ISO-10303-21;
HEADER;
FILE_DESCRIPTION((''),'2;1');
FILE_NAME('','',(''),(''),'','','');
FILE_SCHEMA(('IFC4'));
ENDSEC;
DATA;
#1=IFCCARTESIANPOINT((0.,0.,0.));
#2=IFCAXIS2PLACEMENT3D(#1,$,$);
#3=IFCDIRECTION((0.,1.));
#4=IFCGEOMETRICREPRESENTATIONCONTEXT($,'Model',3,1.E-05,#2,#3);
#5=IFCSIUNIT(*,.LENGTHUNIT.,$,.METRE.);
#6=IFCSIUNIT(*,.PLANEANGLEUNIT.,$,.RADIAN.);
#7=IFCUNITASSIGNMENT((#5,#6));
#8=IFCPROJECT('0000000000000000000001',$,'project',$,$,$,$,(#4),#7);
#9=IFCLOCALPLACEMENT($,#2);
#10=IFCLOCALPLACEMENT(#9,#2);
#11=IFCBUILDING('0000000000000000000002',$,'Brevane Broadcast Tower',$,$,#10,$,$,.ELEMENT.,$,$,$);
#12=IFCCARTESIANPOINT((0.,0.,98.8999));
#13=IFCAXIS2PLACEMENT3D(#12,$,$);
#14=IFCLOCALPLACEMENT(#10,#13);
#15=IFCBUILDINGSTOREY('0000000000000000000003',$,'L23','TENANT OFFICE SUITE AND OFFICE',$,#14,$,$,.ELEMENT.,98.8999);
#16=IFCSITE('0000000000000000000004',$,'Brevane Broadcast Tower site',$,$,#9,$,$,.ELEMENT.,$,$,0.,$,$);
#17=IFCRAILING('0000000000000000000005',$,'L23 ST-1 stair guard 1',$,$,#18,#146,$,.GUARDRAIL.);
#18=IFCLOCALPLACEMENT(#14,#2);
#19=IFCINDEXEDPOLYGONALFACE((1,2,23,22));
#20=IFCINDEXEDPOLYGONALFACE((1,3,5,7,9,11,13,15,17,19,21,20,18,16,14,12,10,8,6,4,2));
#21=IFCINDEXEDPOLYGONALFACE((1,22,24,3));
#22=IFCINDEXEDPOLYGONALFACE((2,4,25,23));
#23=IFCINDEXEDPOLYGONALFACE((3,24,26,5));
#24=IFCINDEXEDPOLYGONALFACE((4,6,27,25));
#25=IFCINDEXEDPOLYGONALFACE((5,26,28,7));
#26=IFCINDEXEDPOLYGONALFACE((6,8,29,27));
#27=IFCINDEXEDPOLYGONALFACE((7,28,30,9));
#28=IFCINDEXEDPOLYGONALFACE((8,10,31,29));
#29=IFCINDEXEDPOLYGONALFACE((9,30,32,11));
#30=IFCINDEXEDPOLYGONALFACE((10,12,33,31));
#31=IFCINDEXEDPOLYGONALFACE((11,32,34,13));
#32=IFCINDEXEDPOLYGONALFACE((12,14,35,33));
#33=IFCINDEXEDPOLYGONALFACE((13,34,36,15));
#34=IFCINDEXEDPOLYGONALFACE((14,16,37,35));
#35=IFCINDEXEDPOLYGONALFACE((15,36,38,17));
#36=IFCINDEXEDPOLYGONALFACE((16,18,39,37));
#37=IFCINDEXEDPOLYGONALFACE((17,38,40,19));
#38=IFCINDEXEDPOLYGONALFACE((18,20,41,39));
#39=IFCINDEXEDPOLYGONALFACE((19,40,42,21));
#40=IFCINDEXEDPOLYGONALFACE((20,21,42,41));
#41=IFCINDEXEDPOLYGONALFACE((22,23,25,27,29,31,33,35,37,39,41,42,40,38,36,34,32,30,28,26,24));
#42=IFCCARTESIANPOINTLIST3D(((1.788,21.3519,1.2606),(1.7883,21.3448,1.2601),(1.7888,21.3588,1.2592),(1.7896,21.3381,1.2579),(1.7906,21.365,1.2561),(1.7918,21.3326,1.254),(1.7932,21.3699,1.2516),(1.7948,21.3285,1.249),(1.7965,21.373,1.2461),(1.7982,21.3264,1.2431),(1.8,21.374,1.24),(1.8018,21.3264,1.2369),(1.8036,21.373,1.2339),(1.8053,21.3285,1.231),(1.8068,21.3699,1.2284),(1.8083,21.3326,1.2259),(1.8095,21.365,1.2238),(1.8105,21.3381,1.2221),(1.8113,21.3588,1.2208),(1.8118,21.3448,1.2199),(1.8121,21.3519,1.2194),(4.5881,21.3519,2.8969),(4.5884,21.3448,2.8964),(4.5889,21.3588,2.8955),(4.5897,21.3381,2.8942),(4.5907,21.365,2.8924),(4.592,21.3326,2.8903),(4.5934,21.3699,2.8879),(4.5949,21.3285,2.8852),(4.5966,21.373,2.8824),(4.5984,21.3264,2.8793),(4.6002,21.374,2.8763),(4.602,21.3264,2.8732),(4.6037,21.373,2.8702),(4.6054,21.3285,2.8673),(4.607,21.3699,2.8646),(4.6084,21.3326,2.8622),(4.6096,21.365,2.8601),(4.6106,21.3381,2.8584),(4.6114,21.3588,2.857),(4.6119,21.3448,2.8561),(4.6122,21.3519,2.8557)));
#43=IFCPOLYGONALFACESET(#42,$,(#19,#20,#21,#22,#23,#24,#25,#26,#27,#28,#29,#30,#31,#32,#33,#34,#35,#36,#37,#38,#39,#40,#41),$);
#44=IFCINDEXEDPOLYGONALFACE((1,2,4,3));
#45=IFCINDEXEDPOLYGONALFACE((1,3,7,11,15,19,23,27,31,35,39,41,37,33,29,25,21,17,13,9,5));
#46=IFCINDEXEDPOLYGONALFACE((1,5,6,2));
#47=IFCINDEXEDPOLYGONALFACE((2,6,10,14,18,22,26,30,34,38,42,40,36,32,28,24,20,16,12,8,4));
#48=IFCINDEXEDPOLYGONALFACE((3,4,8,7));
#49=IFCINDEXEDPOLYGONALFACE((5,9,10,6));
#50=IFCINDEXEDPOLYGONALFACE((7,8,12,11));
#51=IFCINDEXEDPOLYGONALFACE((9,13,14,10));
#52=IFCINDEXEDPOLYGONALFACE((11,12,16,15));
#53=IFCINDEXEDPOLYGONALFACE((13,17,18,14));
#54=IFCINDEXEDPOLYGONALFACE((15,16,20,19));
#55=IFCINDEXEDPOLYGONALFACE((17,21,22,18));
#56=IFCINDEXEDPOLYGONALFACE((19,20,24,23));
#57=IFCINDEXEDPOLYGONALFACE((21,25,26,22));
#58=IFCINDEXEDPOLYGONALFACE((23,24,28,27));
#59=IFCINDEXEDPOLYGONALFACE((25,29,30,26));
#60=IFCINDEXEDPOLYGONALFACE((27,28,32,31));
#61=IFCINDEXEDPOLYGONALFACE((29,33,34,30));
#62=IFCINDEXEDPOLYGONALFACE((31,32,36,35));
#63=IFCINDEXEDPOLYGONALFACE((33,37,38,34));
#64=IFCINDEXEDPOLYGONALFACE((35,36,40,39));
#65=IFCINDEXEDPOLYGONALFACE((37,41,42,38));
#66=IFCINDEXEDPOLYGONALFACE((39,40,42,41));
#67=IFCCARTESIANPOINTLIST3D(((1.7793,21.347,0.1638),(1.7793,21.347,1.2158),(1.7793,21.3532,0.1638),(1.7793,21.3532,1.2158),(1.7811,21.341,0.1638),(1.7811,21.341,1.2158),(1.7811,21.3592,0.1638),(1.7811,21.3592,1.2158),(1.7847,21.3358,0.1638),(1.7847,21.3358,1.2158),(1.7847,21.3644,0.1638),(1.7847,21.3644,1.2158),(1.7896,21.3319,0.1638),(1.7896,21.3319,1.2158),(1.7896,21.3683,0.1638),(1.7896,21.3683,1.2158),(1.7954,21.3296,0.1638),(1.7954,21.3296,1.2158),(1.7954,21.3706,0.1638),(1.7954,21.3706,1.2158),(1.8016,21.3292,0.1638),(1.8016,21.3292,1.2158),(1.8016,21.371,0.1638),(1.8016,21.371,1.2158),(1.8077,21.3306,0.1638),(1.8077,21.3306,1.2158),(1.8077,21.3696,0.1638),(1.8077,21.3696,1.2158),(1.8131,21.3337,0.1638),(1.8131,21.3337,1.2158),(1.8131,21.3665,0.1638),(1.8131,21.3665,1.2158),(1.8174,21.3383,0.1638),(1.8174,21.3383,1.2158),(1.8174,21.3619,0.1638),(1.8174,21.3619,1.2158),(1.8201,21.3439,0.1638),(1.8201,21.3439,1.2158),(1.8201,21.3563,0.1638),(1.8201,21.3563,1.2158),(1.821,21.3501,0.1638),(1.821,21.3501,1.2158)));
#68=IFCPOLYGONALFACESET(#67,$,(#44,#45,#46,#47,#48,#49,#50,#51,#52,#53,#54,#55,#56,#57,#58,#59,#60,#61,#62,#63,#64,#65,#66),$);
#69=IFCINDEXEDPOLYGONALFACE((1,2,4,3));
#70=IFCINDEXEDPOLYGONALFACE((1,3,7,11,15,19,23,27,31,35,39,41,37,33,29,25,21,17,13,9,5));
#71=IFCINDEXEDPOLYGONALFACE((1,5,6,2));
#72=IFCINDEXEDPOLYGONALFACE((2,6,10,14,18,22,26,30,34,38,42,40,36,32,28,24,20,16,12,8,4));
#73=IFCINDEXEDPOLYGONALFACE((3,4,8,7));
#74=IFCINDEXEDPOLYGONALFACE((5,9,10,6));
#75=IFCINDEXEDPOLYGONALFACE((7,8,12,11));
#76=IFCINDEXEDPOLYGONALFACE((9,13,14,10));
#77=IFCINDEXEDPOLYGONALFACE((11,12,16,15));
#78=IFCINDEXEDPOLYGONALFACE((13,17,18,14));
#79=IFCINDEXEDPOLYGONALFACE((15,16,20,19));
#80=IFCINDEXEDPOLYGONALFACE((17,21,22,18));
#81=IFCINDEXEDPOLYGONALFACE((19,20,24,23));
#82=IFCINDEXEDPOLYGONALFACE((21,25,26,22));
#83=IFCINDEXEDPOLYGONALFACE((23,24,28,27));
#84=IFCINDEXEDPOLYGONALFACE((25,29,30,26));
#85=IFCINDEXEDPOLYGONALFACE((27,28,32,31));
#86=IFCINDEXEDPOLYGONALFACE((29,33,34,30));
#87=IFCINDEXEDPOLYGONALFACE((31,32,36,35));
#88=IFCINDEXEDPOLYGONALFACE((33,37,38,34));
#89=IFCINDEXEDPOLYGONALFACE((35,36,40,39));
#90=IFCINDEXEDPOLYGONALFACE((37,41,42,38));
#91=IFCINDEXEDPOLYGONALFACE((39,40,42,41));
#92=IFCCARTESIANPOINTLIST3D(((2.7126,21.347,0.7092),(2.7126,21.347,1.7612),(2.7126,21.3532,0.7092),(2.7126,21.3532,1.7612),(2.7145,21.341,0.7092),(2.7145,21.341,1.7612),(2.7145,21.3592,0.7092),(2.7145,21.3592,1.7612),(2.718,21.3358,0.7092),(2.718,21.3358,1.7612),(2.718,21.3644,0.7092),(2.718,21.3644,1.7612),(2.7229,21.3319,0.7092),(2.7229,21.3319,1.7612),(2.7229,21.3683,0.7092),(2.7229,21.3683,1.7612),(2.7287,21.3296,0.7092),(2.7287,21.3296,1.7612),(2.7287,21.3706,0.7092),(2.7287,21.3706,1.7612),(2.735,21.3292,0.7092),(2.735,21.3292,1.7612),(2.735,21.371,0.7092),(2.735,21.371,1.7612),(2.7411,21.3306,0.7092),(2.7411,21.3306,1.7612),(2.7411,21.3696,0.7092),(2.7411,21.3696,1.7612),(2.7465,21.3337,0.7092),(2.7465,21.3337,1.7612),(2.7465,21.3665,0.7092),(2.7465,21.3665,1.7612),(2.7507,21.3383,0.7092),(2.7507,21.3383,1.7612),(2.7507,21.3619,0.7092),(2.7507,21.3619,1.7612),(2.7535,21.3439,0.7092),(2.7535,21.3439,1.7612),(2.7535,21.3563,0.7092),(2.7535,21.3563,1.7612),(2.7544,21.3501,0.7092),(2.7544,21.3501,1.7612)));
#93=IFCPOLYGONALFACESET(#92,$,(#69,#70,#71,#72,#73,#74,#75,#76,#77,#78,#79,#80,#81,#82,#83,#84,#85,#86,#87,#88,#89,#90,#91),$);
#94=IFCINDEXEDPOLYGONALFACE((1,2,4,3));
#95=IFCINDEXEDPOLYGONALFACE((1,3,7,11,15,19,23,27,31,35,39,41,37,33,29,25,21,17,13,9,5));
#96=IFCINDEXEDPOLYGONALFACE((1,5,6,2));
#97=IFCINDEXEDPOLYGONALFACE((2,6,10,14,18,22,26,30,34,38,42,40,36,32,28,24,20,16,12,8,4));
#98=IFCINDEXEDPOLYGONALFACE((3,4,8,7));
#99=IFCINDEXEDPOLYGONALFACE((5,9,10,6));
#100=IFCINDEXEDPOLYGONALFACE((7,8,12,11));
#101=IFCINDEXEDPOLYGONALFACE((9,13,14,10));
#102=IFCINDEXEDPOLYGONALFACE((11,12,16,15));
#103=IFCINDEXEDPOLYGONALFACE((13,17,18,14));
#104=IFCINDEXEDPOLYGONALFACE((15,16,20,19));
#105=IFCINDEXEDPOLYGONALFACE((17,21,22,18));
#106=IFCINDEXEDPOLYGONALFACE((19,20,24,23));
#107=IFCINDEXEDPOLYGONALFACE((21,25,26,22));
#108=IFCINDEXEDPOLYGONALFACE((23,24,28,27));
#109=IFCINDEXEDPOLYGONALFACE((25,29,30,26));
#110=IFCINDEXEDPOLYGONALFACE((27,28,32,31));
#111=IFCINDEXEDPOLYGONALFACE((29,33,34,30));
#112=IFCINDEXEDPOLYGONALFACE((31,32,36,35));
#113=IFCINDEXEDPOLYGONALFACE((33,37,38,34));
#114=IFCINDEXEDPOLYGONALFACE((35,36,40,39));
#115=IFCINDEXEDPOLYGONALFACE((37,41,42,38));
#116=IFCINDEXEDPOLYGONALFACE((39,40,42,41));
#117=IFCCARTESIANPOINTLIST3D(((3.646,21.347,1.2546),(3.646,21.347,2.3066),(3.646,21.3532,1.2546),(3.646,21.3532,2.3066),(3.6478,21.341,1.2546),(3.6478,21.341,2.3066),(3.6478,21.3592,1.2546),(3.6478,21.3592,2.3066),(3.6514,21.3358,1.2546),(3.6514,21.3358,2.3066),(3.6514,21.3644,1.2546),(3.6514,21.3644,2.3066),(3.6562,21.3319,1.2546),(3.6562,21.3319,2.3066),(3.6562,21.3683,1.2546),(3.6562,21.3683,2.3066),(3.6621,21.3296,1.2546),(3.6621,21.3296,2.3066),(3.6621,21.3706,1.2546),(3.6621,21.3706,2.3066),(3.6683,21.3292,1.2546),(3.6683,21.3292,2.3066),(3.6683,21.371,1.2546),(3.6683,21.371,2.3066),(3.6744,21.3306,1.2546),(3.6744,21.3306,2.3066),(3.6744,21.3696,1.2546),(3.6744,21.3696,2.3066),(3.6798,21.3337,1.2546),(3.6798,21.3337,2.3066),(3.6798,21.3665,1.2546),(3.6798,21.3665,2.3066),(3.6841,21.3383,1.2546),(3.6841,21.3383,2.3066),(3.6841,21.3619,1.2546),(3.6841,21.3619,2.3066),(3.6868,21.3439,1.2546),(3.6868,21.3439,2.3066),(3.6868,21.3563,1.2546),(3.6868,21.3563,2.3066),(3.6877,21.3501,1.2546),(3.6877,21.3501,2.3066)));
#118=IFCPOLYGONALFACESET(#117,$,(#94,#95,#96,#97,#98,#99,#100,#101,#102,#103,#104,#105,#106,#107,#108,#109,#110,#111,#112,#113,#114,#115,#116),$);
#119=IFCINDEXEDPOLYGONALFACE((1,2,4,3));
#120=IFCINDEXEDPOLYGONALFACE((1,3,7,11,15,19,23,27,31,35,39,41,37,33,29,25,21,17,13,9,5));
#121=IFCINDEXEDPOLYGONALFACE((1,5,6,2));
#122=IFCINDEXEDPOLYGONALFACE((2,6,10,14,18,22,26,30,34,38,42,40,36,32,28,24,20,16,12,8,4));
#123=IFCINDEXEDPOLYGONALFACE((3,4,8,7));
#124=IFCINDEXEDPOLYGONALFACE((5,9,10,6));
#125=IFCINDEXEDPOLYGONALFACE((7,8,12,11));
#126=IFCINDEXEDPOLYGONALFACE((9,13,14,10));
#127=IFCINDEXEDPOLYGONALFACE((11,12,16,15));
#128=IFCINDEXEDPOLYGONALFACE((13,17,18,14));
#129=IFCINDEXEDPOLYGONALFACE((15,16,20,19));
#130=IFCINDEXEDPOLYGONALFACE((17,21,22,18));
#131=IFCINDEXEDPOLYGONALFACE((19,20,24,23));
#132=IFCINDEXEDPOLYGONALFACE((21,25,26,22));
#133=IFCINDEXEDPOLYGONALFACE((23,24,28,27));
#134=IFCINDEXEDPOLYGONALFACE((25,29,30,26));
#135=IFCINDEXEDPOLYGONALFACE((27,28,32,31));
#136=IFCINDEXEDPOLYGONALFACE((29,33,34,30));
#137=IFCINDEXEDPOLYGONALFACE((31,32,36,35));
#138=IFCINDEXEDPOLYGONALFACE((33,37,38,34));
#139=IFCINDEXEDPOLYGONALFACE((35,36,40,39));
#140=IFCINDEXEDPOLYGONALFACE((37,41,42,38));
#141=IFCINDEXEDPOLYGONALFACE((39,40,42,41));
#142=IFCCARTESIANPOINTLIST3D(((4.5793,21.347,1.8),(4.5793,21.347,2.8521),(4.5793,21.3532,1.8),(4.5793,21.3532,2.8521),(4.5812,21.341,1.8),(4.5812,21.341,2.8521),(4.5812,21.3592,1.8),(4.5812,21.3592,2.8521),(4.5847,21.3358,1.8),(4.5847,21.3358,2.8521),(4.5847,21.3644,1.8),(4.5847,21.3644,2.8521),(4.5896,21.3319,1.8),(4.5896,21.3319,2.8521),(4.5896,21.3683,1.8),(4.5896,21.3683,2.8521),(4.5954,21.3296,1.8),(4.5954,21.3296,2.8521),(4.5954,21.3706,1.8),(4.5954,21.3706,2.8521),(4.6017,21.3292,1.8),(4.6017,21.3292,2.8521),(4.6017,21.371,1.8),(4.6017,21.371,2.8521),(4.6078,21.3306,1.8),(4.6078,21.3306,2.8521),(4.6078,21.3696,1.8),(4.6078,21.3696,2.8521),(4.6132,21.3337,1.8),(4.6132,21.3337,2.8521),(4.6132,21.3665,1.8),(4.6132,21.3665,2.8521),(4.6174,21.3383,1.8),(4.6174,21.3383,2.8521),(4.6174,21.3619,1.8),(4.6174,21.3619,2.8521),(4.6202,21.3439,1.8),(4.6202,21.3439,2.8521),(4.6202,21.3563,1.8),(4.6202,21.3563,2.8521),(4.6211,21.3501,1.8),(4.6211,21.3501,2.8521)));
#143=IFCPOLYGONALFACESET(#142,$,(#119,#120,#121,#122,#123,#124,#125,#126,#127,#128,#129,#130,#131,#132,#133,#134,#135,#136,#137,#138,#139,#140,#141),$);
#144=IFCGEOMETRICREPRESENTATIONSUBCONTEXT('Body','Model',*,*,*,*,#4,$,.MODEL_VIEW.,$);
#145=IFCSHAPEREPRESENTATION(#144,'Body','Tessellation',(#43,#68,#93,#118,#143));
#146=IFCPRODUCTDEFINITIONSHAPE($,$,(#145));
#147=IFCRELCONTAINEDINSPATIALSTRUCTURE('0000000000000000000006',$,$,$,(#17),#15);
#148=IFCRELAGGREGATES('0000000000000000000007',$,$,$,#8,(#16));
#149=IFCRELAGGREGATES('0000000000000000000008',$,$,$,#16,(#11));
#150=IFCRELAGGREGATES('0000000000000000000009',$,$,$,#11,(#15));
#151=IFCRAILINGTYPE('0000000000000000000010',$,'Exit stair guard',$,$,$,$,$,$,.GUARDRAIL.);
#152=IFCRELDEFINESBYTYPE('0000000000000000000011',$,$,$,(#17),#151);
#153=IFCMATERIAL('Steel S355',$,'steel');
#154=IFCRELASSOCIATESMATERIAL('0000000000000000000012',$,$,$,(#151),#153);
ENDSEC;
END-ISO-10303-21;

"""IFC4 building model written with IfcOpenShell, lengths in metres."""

from ifc_helpers import new_model, si_unit, direction, frame, origin, origin_2d, place, context, subcontext, project, spatial, circle, extrude, material, type_object, element, save


model = new_model("IFC4")

# Units and contexts
model_context = context("Model", 3, precision=1e-05, world=origin(), true_north=direction((0.0, 1.0)))
body_context = subcontext(model_context, "Body", "Model", "MODEL_VIEW")
ifc_project = project(units=[si_unit("LENGTHUNIT", "METRE"), si_unit("PLANEANGLEUNIT", "RADIAN")], contexts=[model_context])

# Site, building, storey
site_placement = place(None, origin())
site = spatial("IfcSite", under=ifc_project, at=site_placement, Name="Brevane Broadcast Tower site", CompositionType="ELEMENT", RefElevation=0.0)
building_placement = place(site_placement, origin())
building = spatial("IfcBuilding", under=site, at=building_placement, Name="Brevane Broadcast Tower", CompositionType="ELEMENT")
storey_placement = place(building_placement, frame((0.0, 0.0, 98.8999)))
storey = spatial("IfcBuildingStorey", under=building, at=storey_placement, Name="L23", Description="TENANT OFFICE SUITE AND OFFICE", CompositionType="ELEMENT", Elevation=98.8999)

# Railing
ifc_material_1 = material(Name="Steel S355", Category="steel")
railing_type_1 = type_object("IfcRailingType", Name="Exit stair guard", PredefinedType="GUARDRAIL", material=ifc_material_1)
railing_1_placement = place(storey_placement, frame((1.8, 21.3501, 0.1638)))
element("IfcRailing", 1, at=railing_1_placement, inside=storey, type_object=railing_type_1, Name="L23 ST-1 stair guard 1", PredefinedType="GUARDRAIL", context=body_context, shape_type="SweptSolid", body=[
    extrude(circle(Radius=0.0239, at=origin_2d()), frame((0.0, 0.0, 1.0762), z_axis=(0.863394, 0.0, 0.504531), x_axis=(0.0, 1.0, 0.0)), (0.0, 0.0, 1.0), 3.2432),
    extrude(circle(Radius=0.021, at=origin_2d()), origin(), (0.0, 0.0, 1.0), 1.052),
    extrude(circle(Radius=0.021, at=origin_2d()), frame((0.9333, 0.0, 0.5454)), (0.0, 0.0, 1.0), 1.052),
    extrude(circle(Radius=0.021, at=origin_2d()), frame((1.8667, 0.0, 1.0908)), (0.0, 0.0, 1.0), 1.052),
    extrude(circle(Radius=0.021, at=origin_2d()), frame((2.8, 0.0, 1.6362)), (0.0, 0.0, 1.0), 1.052),
])

save(model, "model.ifc")
